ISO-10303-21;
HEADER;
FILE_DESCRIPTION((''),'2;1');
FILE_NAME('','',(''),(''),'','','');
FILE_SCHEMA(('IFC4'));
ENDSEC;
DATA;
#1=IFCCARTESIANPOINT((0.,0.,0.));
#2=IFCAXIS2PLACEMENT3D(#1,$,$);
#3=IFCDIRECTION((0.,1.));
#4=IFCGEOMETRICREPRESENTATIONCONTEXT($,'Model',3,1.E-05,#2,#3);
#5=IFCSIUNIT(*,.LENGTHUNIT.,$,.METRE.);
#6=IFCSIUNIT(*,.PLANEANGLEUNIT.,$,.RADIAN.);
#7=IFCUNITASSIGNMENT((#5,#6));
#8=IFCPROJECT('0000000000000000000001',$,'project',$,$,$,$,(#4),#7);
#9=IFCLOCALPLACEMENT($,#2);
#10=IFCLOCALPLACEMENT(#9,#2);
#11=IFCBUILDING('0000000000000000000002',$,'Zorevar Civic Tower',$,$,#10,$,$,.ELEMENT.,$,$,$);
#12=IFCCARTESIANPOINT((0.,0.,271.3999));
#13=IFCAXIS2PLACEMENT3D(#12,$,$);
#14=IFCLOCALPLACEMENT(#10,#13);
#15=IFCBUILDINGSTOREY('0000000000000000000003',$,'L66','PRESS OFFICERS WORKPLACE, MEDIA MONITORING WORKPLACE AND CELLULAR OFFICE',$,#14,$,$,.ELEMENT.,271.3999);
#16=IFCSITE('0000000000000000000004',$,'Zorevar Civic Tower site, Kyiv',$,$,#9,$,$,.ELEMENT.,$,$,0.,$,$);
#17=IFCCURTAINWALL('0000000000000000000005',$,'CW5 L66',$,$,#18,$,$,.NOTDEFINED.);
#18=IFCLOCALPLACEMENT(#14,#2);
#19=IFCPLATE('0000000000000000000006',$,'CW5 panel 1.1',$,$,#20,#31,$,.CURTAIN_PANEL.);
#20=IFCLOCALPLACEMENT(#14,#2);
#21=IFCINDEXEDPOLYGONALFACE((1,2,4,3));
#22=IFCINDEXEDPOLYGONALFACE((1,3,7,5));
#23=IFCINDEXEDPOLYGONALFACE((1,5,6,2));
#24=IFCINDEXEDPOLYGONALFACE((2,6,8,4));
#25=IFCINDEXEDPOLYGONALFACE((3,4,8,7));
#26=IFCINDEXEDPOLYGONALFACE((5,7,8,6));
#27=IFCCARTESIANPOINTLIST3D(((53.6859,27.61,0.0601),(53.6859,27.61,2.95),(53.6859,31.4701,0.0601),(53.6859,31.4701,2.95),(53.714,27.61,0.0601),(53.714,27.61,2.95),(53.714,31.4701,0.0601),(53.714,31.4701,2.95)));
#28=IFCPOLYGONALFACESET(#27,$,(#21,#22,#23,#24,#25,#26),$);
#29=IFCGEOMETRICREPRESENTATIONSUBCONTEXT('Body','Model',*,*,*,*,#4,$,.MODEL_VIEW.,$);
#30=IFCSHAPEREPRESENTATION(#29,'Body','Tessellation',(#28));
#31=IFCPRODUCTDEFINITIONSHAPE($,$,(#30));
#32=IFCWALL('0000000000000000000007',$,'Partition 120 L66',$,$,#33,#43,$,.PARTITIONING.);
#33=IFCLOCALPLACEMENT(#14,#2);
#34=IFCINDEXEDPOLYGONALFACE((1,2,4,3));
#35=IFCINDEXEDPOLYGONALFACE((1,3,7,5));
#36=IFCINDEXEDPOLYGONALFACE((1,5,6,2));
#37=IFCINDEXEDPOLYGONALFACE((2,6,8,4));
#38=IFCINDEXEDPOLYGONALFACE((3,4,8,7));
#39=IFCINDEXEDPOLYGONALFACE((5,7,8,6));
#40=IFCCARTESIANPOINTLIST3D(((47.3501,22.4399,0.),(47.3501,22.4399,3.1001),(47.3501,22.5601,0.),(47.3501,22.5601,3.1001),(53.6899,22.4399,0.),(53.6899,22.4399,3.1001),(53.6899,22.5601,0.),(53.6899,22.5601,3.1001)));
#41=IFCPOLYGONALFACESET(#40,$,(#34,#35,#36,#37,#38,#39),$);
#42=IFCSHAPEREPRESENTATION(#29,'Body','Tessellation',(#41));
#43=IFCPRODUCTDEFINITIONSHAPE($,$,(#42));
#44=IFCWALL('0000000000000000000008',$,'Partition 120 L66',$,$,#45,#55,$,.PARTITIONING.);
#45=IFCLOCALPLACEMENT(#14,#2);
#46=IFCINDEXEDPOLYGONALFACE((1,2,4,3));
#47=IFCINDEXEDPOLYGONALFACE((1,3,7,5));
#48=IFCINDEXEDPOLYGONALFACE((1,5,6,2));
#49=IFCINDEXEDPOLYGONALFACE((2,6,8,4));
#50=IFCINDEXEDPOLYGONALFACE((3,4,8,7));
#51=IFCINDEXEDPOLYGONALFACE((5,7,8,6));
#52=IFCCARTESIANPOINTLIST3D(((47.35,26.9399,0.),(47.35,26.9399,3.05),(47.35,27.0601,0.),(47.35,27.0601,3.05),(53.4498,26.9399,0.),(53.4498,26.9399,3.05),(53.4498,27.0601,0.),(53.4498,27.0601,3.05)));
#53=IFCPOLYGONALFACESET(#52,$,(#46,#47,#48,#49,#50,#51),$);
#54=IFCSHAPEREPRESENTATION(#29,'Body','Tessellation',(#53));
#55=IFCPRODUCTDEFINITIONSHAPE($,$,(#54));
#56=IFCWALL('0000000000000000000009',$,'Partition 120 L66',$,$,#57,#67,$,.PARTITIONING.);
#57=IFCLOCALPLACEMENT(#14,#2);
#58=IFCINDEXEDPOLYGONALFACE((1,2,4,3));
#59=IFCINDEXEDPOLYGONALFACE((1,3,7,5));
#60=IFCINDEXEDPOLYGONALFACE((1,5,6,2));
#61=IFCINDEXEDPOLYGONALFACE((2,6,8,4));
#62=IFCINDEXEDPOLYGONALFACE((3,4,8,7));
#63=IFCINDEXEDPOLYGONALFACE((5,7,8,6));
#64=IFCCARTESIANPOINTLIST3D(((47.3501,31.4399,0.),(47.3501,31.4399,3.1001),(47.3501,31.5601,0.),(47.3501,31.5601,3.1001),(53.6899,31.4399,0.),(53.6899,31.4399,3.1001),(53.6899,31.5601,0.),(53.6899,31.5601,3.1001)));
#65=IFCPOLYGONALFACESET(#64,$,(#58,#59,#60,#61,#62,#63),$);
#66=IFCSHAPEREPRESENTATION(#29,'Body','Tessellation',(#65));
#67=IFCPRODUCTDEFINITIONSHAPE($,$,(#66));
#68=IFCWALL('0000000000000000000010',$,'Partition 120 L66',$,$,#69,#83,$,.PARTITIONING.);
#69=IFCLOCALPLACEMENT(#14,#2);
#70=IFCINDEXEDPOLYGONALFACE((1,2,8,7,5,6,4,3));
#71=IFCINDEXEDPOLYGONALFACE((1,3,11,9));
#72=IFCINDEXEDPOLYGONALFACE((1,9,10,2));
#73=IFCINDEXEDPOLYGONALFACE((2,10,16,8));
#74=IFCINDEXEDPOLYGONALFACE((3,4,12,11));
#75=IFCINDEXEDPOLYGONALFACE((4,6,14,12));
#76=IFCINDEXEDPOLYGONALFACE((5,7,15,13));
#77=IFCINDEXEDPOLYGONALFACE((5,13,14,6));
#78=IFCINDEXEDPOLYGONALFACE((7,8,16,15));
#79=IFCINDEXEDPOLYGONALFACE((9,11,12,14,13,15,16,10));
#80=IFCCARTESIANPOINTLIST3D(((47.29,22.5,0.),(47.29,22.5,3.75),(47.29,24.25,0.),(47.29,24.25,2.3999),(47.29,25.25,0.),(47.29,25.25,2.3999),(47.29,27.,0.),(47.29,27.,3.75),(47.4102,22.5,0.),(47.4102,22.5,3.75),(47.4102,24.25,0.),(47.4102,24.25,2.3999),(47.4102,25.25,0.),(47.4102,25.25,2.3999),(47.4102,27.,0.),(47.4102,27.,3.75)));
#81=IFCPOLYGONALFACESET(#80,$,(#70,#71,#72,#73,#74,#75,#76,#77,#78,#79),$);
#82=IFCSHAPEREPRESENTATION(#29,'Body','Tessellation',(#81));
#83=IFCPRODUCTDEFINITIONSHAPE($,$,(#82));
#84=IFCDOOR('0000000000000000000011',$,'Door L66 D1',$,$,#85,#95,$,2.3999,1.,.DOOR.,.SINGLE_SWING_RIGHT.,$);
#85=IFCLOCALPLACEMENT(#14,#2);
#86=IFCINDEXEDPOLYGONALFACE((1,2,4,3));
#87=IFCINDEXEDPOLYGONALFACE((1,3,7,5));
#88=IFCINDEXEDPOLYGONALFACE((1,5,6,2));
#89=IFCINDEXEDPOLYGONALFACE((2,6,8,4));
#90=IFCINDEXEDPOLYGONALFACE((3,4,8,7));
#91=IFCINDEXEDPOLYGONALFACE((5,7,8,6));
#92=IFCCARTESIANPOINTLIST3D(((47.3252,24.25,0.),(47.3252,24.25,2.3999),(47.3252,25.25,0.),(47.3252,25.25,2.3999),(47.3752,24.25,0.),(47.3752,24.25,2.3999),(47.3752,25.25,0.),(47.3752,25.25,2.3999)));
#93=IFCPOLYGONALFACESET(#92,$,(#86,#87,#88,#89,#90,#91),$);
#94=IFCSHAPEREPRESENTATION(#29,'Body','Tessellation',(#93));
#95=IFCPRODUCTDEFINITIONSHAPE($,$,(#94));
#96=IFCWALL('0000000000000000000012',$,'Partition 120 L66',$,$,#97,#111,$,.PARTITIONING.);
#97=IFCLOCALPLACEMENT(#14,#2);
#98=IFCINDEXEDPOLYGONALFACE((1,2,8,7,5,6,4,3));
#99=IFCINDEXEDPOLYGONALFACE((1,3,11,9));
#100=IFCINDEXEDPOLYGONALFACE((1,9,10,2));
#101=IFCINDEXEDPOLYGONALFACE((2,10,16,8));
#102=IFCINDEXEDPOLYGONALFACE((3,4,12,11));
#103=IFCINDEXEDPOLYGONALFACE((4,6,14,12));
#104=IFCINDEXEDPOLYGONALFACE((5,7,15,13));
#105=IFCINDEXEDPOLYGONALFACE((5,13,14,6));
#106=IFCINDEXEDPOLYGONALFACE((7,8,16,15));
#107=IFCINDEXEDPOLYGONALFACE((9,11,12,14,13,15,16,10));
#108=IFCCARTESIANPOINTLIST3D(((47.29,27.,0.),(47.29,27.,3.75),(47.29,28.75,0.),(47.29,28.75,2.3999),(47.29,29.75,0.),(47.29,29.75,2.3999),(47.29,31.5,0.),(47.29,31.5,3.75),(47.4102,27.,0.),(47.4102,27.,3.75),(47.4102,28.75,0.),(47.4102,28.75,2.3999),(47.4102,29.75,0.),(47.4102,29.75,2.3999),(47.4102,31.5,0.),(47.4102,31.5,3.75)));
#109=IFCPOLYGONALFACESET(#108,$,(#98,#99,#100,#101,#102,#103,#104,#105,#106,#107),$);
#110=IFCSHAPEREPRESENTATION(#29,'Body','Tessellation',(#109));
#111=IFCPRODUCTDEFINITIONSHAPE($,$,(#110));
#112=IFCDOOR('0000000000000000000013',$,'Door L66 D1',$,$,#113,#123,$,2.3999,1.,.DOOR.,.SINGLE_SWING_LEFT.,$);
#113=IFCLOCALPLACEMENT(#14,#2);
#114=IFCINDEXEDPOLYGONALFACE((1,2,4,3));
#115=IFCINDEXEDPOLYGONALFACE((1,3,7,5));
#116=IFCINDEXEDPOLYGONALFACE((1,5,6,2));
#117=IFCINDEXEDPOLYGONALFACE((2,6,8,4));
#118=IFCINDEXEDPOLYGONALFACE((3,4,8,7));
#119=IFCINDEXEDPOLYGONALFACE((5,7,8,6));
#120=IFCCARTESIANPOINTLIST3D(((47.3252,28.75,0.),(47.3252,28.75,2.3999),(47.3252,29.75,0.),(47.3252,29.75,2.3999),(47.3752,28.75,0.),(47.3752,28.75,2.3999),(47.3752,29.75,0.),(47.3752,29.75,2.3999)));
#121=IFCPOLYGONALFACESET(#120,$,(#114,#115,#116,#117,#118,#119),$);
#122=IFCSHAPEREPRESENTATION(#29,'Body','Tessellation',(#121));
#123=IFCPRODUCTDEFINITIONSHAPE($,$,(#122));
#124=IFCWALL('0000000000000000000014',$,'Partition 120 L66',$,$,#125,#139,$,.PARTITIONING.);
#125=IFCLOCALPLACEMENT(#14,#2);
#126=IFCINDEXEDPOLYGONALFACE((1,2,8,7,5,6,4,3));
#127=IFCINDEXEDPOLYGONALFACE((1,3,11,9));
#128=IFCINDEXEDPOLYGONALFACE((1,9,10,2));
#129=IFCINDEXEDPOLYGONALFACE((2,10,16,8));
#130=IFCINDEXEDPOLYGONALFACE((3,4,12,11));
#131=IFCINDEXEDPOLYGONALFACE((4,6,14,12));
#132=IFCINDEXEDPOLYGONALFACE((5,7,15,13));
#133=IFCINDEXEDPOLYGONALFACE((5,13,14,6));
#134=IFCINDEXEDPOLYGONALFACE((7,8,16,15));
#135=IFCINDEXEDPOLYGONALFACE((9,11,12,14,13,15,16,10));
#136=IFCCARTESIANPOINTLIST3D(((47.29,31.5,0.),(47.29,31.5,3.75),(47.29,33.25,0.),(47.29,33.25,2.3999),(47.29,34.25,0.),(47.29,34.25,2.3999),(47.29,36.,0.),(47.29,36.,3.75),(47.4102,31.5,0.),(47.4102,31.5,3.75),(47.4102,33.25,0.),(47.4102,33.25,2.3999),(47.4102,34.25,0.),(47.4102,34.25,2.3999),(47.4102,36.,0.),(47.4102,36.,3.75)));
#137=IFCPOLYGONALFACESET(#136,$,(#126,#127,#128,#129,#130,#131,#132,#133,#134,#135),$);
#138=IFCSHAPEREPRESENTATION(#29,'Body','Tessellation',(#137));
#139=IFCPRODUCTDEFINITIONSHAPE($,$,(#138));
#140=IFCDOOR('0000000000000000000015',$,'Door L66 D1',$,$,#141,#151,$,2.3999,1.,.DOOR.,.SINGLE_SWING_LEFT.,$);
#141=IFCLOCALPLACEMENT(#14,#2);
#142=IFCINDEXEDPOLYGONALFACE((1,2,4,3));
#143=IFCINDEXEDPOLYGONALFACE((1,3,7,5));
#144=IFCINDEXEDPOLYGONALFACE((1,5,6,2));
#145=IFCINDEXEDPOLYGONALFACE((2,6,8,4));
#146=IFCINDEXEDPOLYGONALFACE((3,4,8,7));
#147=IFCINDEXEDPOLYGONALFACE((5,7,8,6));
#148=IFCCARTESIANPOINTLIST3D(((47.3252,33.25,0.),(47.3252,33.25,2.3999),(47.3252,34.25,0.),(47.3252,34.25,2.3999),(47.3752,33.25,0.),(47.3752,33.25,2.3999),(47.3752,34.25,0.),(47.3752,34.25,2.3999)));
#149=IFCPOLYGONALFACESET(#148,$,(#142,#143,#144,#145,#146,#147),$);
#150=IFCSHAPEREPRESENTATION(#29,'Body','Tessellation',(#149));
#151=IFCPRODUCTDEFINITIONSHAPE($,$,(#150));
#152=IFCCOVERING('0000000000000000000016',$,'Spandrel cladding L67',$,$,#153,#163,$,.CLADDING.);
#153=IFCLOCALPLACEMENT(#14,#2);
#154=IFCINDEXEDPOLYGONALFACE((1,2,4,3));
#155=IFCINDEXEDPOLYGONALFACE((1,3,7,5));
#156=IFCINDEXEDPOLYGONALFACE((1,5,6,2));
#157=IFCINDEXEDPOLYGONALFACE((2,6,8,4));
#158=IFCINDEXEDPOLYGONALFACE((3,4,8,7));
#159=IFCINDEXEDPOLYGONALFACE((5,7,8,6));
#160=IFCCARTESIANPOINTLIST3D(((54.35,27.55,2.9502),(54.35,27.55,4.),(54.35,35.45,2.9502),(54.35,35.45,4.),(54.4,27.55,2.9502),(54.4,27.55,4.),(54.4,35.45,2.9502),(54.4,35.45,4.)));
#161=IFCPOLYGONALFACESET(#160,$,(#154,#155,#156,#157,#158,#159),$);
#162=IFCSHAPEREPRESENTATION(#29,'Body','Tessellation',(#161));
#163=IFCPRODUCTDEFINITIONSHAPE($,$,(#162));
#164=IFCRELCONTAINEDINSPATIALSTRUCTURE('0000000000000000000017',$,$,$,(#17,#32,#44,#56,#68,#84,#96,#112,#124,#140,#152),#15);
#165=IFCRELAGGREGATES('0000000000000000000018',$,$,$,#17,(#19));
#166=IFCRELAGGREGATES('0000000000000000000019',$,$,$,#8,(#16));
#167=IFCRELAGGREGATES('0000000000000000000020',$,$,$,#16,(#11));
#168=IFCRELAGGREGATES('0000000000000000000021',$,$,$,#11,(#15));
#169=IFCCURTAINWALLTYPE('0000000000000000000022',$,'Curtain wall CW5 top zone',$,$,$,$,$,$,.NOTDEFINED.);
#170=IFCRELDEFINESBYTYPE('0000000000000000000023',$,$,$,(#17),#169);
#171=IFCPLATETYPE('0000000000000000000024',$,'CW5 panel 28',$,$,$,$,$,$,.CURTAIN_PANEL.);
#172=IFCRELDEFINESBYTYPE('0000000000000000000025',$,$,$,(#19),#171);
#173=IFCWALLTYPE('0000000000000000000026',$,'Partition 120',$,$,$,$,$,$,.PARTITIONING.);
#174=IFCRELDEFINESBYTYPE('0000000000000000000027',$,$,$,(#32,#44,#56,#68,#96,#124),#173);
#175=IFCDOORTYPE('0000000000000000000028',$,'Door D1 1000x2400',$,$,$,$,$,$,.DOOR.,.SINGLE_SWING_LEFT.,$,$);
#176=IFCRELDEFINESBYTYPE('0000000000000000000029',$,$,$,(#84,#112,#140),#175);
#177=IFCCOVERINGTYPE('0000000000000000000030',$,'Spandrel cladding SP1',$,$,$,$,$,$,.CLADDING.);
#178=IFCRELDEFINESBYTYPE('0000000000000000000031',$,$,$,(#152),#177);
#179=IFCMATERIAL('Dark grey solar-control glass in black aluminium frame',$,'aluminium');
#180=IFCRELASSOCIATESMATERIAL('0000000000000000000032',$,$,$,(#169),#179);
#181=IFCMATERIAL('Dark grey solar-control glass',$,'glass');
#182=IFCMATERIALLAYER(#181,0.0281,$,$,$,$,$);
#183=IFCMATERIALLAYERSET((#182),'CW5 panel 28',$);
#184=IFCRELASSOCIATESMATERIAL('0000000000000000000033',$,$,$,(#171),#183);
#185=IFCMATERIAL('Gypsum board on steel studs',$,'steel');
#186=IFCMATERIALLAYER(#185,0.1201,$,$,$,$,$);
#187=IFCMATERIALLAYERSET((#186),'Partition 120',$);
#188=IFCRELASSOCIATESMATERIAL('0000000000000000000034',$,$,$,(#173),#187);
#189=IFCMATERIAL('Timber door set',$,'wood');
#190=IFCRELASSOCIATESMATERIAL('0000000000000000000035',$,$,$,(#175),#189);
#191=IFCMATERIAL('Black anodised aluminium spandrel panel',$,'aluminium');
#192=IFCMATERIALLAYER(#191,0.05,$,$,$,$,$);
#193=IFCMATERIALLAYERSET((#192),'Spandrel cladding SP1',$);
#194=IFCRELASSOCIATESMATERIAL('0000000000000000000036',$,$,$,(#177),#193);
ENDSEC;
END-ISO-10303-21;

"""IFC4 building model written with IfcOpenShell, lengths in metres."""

from ifc_helpers import new_model, si_unit, direction, frame, frame_2d, origin, origin_2d, place, context, subcontext, project, spatial, rectangle, extrude, material, layer, layer_set, type_object, element, fill, aggregate, save


model = new_model("IFC4")

# Units and contexts
model_context = context("Model", 3, precision=1e-05, world=origin(), true_north=direction((0.0, 1.0)))
body_context = subcontext(model_context, "Body", "Model", "MODEL_VIEW")
ifc_project = project(units=[si_unit("LENGTHUNIT", "METRE"), si_unit("PLANEANGLEUNIT", "RADIAN")], contexts=[model_context])

# Site, building, storey
site_placement = place(None, origin())
site = spatial("IfcSite", under=ifc_project, at=site_placement, Name="Zorevar Civic Tower site, Kyiv", CompositionType="ELEMENT", RefElevation=0.0)
building_placement = place(site_placement, origin())
building = spatial("IfcBuilding", under=site, at=building_placement, Name="Zorevar Civic Tower", CompositionType="ELEMENT")
storey_placement = place(building_placement, frame((0.0, 0.0, 271.3999)))
storey = spatial("IfcBuildingStorey", under=building, at=storey_placement, Name="L66", Description="PRESS OFFICERS WORKPLACE, MEDIA MONITORING WORKPLACE AND CELLULAR OFFICE", CompositionType="ELEMENT", Elevation=271.3999)

# Curtain wall
ifc_material_1 = material(Name="Dark grey solar-control glass in black aluminium frame", Category="aluminium")
curtain_wall_type = type_object("IfcCurtainWallType", Name="Curtain wall CW5 top zone", PredefinedType="NOTDEFINED", material=ifc_material_1)
curtain_wall_1_placement = place(storey_placement, origin())
curtain_wall_1 = element("IfcCurtainWall", 1, at=curtain_wall_1_placement, inside=storey, type_object=curtain_wall_type, Name="CW5 L66", PredefinedType="NOTDEFINED")

# Plate
ifc_material_2 = material(Name="Dark grey solar-control glass", Category="glass")
ifc_layer_1 = layer(ifc_material_2, 0.0281)
ifc_layer_set_1 = layer_set([ifc_layer_1], Name="CW5 panel 28")
plate_type = type_object("IfcPlateType", Name="CW5 panel 28", PredefinedType="CURTAIN_PANEL", material=ifc_layer_set_1)
plate_1_placement = place(storey_placement, frame((53.7, 29.54, 0.0601), z_axis=(0.0, 0.0, 1.0), x_axis=(0.0, 1.0, 0.0)))
plate_1 = element("IfcPlate", 2, at=plate_1_placement, type_object=plate_type, Name="CW5 panel 1.1", PredefinedType="CURTAIN_PANEL", context=body_context, shape_type="SweptSolid", body=[
    extrude(rectangle(XDim=3.8601, YDim=0.0281, at=origin_2d()), origin(), (0.0, 0.0, 1.0), 2.8899),
])
aggregate(curtain_wall_1, [plate_1])

# Walls
ifc_material_3 = material(Name="Gypsum board on steel studs", Category="steel")
ifc_layer_2 = layer(ifc_material_3, 0.1201)
ifc_layer_set_2 = layer_set([ifc_layer_2], Name="Partition 120")
wall_type = type_object("IfcWallType", Name="Partition 120", PredefinedType="PARTITIONING", material=ifc_layer_set_2)
wall_1_placement = place(storey_placement, frame((47.3501, 22.5, 0.0), z_axis=(0.0, 0.0, 1.0), x_axis=(1.0, 0.0, 0.0)))
element("IfcWall", 3, at=wall_1_placement, inside=storey, type_object=wall_type, Name="Partition 120 L66", PredefinedType="PARTITIONING", context=body_context, shape_type="SweptSolid", body=[
    extrude(rectangle(XDim=6.3398, YDim=0.1201, at=frame_2d((3.1699, 0.0))), origin(), (0.0, 0.0, 1.0), 3.1001),
])
wall_2_placement = place(storey_placement, frame((47.3501, 27.0, 0.0), z_axis=(0.0, 0.0, 1.0), x_axis=(1.0, 0.0, 0.0)))
element("IfcWall", 4, at=wall_2_placement, inside=storey, type_object=wall_type, Name="Partition 120 L66", PredefinedType="PARTITIONING", context=body_context, shape_type="SweptSolid", body=[
    extrude(rectangle(XDim=6.0999, YDim=0.1201, at=frame_2d((3.0498, 0.0))), origin(), (0.0, 0.0, 1.0), 3.05),
])
wall_3_placement = place(storey_placement, frame((47.3501, 31.5, 0.0), z_axis=(0.0, 0.0, 1.0), x_axis=(1.0, 0.0, 0.0)))
element("IfcWall", 5, at=wall_3_placement, inside=storey, type_object=wall_type, Name="Partition 120 L66", PredefinedType="PARTITIONING", context=body_context, shape_type="SweptSolid", body=[
    extrude(rectangle(XDim=6.3398, YDim=0.1201, at=frame_2d((3.1699, 0.0))), origin(), (0.0, 0.0, 1.0), 3.1001),
])

# Walls, openings, doors
wall_4_placement = place(storey_placement, frame((47.3501, 22.5, 0.0), z_axis=(0.0, 0.0, 1.0), x_axis=(0.0, 1.0, 0.0)))
wall_4 = element("IfcWall", 6, at=wall_4_placement, inside=storey, type_object=wall_type, Name="Partition 120 L66", PredefinedType="PARTITIONING", context=body_context, shape_type="SweptSolid", body=[
    extrude(rectangle(XDim=4.5, YDim=0.1201, at=frame_2d((2.25, 0.0))), origin(), (0.0, 0.0, 1.0), 3.75),
])
opening_1_placement = place(wall_4_placement, frame((1.75, 0.0, 0.0)))
opening_1 = element("IfcOpeningElement", 7, at=opening_1_placement, cuts=wall_4, PredefinedType="OPENING", context=body_context, shape_type="SweptSolid", body=[
    extrude(rectangle(XDim=1.0, YDim=2.3999, at=frame_2d((0.5, 1.2))), frame((0.0, 0.0701, 0.0), z_axis=(0.0, -1.0, 0.0), x_axis=(1.0, 0.0, 0.0)), (0.0, 0.0, 1.0), 0.1401),
])
ifc_material_4 = material(Name="Timber door set", Category="wood")
door_type = type_object("IfcDoorType", Name="Door D1 1000x2400", OperationType="SINGLE_SWING_LEFT", PredefinedType="DOOR", material=ifc_material_4)
door_1_placement = place(opening_1_placement, origin())
door_1 = element("IfcDoor", 8, at=door_1_placement, inside=storey, type_object=door_type, Name="Door L66 D1", OperationType="SINGLE_SWING_RIGHT", OverallHeight=2.3999, OverallWidth=1.0, PredefinedType="DOOR", context=body_context, shape_type="SweptSolid", body=[
    extrude(rectangle(XDim=1.0, YDim=2.3999, at=frame_2d((0.5, 1.2))), frame((0.0, 0.0249, 0.0), z_axis=(0.0, -1.0, 0.0), x_axis=(1.0, 0.0, 0.0)), (0.0, 0.0, 1.0), 0.05),
])
fill(opening_1, door_1)
wall_5_placement = place(storey_placement, frame((47.3501, 27.0, 0.0), z_axis=(0.0, 0.0, 1.0), x_axis=(0.0, 1.0, 0.0)))
wall_5 = element("IfcWall", 9, at=wall_5_placement, inside=storey, type_object=wall_type, Name="Partition 120 L66", PredefinedType="PARTITIONING", context=body_context, shape_type="SweptSolid", body=[
    extrude(rectangle(XDim=4.5, YDim=0.1201, at=frame_2d((2.25, 0.0))), origin(), (0.0, 0.0, 1.0), 3.75),
])
opening_2_placement = place(wall_5_placement, frame((1.75, 0.0, 0.0)))
opening_2 = element("IfcOpeningElement", 10, at=opening_2_placement, cuts=wall_5, PredefinedType="OPENING", context=body_context, shape_type="SweptSolid", body=[
    extrude(rectangle(XDim=1.0, YDim=2.3999, at=frame_2d((0.5, 1.2))), frame((0.0, 0.0701, 0.0), z_axis=(0.0, -1.0, 0.0), x_axis=(1.0, 0.0, 0.0)), (0.0, 0.0, 1.0), 0.1401),
])
door_2_placement = place(opening_2_placement, origin())
door_2 = element("IfcDoor", 11, at=door_2_placement, inside=storey, type_object=door_type, Name="Door L66 D1", OperationType="SINGLE_SWING_LEFT", OverallHeight=2.3999, OverallWidth=1.0, PredefinedType="DOOR", context=body_context, shape_type="SweptSolid", body=[
    extrude(rectangle(XDim=1.0, YDim=2.3999, at=frame_2d((0.5, 1.2))), frame((0.0, 0.0249, 0.0), z_axis=(0.0, -1.0, 0.0), x_axis=(1.0, 0.0, 0.0)), (0.0, 0.0, 1.0), 0.05),
])
fill(opening_2, door_2)
wall_6_placement = place(storey_placement, frame((47.3501, 31.5, 0.0), z_axis=(0.0, 0.0, 1.0), x_axis=(0.0, 1.0, 0.0)))
wall_6 = element("IfcWall", 12, at=wall_6_placement, inside=storey, type_object=wall_type, Name="Partition 120 L66", PredefinedType="PARTITIONING", context=body_context, shape_type="SweptSolid", body=[
    extrude(rectangle(XDim=4.5, YDim=0.1201, at=frame_2d((2.25, 0.0))), origin(), (0.0, 0.0, 1.0), 3.75),
])
opening_3_placement = place(wall_6_placement, frame((1.75, 0.0, 0.0)))
opening_3 = element("IfcOpeningElement", 13, at=opening_3_placement, cuts=wall_6, PredefinedType="OPENING", context=body_context, shape_type="SweptSolid", body=[
    extrude(rectangle(XDim=1.0, YDim=2.3999, at=frame_2d((0.5, 1.2))), frame((0.0, 0.0701, 0.0), z_axis=(0.0, -1.0, 0.0), x_axis=(1.0, 0.0, 0.0)), (0.0, 0.0, 1.0), 0.1401),
])
door_3_placement = place(opening_3_placement, origin())
door_3 = element("IfcDoor", 14, at=door_3_placement, inside=storey, type_object=door_type, Name="Door L66 D1", OperationType="SINGLE_SWING_LEFT", OverallHeight=2.3999, OverallWidth=1.0, PredefinedType="DOOR", context=body_context, shape_type="SweptSolid", body=[
    extrude(rectangle(XDim=1.0, YDim=2.3999, at=frame_2d((0.5, 1.2))), frame((0.0, 0.0249, 0.0), z_axis=(0.0, -1.0, 0.0), x_axis=(1.0, 0.0, 0.0)), (0.0, 0.0, 1.0), 0.05),
])
fill(opening_3, door_3)

# Covering
ifc_material_5 = material(Name="Black anodised aluminium spandrel panel", Category="aluminium")
ifc_layer_3 = layer(ifc_material_5, 0.05)
ifc_layer_set_3 = layer_set([ifc_layer_3], Name="Spandrel cladding SP1")
covering_type = type_object("IfcCoveringType", Name="Spandrel cladding SP1", PredefinedType="CLADDING", material=ifc_layer_set_3)
covering_placement = place(storey_placement, frame((54.375, 27.55, 2.9502), z_axis=(0.0, 0.0, 1.0), x_axis=(0.0, 1.0, 0.0)))
element("IfcCovering", 15, at=covering_placement, inside=storey, type_object=covering_type, Name="Spandrel cladding L67", PredefinedType="CLADDING", context=body_context, shape_type="SweptSolid", body=[
    extrude(rectangle(XDim=7.8999, YDim=0.05, at=frame_2d((3.95, 0.0))), origin(), (0.0, 0.0, 1.0), 1.0498),
])

save(model, "model.ifc")
